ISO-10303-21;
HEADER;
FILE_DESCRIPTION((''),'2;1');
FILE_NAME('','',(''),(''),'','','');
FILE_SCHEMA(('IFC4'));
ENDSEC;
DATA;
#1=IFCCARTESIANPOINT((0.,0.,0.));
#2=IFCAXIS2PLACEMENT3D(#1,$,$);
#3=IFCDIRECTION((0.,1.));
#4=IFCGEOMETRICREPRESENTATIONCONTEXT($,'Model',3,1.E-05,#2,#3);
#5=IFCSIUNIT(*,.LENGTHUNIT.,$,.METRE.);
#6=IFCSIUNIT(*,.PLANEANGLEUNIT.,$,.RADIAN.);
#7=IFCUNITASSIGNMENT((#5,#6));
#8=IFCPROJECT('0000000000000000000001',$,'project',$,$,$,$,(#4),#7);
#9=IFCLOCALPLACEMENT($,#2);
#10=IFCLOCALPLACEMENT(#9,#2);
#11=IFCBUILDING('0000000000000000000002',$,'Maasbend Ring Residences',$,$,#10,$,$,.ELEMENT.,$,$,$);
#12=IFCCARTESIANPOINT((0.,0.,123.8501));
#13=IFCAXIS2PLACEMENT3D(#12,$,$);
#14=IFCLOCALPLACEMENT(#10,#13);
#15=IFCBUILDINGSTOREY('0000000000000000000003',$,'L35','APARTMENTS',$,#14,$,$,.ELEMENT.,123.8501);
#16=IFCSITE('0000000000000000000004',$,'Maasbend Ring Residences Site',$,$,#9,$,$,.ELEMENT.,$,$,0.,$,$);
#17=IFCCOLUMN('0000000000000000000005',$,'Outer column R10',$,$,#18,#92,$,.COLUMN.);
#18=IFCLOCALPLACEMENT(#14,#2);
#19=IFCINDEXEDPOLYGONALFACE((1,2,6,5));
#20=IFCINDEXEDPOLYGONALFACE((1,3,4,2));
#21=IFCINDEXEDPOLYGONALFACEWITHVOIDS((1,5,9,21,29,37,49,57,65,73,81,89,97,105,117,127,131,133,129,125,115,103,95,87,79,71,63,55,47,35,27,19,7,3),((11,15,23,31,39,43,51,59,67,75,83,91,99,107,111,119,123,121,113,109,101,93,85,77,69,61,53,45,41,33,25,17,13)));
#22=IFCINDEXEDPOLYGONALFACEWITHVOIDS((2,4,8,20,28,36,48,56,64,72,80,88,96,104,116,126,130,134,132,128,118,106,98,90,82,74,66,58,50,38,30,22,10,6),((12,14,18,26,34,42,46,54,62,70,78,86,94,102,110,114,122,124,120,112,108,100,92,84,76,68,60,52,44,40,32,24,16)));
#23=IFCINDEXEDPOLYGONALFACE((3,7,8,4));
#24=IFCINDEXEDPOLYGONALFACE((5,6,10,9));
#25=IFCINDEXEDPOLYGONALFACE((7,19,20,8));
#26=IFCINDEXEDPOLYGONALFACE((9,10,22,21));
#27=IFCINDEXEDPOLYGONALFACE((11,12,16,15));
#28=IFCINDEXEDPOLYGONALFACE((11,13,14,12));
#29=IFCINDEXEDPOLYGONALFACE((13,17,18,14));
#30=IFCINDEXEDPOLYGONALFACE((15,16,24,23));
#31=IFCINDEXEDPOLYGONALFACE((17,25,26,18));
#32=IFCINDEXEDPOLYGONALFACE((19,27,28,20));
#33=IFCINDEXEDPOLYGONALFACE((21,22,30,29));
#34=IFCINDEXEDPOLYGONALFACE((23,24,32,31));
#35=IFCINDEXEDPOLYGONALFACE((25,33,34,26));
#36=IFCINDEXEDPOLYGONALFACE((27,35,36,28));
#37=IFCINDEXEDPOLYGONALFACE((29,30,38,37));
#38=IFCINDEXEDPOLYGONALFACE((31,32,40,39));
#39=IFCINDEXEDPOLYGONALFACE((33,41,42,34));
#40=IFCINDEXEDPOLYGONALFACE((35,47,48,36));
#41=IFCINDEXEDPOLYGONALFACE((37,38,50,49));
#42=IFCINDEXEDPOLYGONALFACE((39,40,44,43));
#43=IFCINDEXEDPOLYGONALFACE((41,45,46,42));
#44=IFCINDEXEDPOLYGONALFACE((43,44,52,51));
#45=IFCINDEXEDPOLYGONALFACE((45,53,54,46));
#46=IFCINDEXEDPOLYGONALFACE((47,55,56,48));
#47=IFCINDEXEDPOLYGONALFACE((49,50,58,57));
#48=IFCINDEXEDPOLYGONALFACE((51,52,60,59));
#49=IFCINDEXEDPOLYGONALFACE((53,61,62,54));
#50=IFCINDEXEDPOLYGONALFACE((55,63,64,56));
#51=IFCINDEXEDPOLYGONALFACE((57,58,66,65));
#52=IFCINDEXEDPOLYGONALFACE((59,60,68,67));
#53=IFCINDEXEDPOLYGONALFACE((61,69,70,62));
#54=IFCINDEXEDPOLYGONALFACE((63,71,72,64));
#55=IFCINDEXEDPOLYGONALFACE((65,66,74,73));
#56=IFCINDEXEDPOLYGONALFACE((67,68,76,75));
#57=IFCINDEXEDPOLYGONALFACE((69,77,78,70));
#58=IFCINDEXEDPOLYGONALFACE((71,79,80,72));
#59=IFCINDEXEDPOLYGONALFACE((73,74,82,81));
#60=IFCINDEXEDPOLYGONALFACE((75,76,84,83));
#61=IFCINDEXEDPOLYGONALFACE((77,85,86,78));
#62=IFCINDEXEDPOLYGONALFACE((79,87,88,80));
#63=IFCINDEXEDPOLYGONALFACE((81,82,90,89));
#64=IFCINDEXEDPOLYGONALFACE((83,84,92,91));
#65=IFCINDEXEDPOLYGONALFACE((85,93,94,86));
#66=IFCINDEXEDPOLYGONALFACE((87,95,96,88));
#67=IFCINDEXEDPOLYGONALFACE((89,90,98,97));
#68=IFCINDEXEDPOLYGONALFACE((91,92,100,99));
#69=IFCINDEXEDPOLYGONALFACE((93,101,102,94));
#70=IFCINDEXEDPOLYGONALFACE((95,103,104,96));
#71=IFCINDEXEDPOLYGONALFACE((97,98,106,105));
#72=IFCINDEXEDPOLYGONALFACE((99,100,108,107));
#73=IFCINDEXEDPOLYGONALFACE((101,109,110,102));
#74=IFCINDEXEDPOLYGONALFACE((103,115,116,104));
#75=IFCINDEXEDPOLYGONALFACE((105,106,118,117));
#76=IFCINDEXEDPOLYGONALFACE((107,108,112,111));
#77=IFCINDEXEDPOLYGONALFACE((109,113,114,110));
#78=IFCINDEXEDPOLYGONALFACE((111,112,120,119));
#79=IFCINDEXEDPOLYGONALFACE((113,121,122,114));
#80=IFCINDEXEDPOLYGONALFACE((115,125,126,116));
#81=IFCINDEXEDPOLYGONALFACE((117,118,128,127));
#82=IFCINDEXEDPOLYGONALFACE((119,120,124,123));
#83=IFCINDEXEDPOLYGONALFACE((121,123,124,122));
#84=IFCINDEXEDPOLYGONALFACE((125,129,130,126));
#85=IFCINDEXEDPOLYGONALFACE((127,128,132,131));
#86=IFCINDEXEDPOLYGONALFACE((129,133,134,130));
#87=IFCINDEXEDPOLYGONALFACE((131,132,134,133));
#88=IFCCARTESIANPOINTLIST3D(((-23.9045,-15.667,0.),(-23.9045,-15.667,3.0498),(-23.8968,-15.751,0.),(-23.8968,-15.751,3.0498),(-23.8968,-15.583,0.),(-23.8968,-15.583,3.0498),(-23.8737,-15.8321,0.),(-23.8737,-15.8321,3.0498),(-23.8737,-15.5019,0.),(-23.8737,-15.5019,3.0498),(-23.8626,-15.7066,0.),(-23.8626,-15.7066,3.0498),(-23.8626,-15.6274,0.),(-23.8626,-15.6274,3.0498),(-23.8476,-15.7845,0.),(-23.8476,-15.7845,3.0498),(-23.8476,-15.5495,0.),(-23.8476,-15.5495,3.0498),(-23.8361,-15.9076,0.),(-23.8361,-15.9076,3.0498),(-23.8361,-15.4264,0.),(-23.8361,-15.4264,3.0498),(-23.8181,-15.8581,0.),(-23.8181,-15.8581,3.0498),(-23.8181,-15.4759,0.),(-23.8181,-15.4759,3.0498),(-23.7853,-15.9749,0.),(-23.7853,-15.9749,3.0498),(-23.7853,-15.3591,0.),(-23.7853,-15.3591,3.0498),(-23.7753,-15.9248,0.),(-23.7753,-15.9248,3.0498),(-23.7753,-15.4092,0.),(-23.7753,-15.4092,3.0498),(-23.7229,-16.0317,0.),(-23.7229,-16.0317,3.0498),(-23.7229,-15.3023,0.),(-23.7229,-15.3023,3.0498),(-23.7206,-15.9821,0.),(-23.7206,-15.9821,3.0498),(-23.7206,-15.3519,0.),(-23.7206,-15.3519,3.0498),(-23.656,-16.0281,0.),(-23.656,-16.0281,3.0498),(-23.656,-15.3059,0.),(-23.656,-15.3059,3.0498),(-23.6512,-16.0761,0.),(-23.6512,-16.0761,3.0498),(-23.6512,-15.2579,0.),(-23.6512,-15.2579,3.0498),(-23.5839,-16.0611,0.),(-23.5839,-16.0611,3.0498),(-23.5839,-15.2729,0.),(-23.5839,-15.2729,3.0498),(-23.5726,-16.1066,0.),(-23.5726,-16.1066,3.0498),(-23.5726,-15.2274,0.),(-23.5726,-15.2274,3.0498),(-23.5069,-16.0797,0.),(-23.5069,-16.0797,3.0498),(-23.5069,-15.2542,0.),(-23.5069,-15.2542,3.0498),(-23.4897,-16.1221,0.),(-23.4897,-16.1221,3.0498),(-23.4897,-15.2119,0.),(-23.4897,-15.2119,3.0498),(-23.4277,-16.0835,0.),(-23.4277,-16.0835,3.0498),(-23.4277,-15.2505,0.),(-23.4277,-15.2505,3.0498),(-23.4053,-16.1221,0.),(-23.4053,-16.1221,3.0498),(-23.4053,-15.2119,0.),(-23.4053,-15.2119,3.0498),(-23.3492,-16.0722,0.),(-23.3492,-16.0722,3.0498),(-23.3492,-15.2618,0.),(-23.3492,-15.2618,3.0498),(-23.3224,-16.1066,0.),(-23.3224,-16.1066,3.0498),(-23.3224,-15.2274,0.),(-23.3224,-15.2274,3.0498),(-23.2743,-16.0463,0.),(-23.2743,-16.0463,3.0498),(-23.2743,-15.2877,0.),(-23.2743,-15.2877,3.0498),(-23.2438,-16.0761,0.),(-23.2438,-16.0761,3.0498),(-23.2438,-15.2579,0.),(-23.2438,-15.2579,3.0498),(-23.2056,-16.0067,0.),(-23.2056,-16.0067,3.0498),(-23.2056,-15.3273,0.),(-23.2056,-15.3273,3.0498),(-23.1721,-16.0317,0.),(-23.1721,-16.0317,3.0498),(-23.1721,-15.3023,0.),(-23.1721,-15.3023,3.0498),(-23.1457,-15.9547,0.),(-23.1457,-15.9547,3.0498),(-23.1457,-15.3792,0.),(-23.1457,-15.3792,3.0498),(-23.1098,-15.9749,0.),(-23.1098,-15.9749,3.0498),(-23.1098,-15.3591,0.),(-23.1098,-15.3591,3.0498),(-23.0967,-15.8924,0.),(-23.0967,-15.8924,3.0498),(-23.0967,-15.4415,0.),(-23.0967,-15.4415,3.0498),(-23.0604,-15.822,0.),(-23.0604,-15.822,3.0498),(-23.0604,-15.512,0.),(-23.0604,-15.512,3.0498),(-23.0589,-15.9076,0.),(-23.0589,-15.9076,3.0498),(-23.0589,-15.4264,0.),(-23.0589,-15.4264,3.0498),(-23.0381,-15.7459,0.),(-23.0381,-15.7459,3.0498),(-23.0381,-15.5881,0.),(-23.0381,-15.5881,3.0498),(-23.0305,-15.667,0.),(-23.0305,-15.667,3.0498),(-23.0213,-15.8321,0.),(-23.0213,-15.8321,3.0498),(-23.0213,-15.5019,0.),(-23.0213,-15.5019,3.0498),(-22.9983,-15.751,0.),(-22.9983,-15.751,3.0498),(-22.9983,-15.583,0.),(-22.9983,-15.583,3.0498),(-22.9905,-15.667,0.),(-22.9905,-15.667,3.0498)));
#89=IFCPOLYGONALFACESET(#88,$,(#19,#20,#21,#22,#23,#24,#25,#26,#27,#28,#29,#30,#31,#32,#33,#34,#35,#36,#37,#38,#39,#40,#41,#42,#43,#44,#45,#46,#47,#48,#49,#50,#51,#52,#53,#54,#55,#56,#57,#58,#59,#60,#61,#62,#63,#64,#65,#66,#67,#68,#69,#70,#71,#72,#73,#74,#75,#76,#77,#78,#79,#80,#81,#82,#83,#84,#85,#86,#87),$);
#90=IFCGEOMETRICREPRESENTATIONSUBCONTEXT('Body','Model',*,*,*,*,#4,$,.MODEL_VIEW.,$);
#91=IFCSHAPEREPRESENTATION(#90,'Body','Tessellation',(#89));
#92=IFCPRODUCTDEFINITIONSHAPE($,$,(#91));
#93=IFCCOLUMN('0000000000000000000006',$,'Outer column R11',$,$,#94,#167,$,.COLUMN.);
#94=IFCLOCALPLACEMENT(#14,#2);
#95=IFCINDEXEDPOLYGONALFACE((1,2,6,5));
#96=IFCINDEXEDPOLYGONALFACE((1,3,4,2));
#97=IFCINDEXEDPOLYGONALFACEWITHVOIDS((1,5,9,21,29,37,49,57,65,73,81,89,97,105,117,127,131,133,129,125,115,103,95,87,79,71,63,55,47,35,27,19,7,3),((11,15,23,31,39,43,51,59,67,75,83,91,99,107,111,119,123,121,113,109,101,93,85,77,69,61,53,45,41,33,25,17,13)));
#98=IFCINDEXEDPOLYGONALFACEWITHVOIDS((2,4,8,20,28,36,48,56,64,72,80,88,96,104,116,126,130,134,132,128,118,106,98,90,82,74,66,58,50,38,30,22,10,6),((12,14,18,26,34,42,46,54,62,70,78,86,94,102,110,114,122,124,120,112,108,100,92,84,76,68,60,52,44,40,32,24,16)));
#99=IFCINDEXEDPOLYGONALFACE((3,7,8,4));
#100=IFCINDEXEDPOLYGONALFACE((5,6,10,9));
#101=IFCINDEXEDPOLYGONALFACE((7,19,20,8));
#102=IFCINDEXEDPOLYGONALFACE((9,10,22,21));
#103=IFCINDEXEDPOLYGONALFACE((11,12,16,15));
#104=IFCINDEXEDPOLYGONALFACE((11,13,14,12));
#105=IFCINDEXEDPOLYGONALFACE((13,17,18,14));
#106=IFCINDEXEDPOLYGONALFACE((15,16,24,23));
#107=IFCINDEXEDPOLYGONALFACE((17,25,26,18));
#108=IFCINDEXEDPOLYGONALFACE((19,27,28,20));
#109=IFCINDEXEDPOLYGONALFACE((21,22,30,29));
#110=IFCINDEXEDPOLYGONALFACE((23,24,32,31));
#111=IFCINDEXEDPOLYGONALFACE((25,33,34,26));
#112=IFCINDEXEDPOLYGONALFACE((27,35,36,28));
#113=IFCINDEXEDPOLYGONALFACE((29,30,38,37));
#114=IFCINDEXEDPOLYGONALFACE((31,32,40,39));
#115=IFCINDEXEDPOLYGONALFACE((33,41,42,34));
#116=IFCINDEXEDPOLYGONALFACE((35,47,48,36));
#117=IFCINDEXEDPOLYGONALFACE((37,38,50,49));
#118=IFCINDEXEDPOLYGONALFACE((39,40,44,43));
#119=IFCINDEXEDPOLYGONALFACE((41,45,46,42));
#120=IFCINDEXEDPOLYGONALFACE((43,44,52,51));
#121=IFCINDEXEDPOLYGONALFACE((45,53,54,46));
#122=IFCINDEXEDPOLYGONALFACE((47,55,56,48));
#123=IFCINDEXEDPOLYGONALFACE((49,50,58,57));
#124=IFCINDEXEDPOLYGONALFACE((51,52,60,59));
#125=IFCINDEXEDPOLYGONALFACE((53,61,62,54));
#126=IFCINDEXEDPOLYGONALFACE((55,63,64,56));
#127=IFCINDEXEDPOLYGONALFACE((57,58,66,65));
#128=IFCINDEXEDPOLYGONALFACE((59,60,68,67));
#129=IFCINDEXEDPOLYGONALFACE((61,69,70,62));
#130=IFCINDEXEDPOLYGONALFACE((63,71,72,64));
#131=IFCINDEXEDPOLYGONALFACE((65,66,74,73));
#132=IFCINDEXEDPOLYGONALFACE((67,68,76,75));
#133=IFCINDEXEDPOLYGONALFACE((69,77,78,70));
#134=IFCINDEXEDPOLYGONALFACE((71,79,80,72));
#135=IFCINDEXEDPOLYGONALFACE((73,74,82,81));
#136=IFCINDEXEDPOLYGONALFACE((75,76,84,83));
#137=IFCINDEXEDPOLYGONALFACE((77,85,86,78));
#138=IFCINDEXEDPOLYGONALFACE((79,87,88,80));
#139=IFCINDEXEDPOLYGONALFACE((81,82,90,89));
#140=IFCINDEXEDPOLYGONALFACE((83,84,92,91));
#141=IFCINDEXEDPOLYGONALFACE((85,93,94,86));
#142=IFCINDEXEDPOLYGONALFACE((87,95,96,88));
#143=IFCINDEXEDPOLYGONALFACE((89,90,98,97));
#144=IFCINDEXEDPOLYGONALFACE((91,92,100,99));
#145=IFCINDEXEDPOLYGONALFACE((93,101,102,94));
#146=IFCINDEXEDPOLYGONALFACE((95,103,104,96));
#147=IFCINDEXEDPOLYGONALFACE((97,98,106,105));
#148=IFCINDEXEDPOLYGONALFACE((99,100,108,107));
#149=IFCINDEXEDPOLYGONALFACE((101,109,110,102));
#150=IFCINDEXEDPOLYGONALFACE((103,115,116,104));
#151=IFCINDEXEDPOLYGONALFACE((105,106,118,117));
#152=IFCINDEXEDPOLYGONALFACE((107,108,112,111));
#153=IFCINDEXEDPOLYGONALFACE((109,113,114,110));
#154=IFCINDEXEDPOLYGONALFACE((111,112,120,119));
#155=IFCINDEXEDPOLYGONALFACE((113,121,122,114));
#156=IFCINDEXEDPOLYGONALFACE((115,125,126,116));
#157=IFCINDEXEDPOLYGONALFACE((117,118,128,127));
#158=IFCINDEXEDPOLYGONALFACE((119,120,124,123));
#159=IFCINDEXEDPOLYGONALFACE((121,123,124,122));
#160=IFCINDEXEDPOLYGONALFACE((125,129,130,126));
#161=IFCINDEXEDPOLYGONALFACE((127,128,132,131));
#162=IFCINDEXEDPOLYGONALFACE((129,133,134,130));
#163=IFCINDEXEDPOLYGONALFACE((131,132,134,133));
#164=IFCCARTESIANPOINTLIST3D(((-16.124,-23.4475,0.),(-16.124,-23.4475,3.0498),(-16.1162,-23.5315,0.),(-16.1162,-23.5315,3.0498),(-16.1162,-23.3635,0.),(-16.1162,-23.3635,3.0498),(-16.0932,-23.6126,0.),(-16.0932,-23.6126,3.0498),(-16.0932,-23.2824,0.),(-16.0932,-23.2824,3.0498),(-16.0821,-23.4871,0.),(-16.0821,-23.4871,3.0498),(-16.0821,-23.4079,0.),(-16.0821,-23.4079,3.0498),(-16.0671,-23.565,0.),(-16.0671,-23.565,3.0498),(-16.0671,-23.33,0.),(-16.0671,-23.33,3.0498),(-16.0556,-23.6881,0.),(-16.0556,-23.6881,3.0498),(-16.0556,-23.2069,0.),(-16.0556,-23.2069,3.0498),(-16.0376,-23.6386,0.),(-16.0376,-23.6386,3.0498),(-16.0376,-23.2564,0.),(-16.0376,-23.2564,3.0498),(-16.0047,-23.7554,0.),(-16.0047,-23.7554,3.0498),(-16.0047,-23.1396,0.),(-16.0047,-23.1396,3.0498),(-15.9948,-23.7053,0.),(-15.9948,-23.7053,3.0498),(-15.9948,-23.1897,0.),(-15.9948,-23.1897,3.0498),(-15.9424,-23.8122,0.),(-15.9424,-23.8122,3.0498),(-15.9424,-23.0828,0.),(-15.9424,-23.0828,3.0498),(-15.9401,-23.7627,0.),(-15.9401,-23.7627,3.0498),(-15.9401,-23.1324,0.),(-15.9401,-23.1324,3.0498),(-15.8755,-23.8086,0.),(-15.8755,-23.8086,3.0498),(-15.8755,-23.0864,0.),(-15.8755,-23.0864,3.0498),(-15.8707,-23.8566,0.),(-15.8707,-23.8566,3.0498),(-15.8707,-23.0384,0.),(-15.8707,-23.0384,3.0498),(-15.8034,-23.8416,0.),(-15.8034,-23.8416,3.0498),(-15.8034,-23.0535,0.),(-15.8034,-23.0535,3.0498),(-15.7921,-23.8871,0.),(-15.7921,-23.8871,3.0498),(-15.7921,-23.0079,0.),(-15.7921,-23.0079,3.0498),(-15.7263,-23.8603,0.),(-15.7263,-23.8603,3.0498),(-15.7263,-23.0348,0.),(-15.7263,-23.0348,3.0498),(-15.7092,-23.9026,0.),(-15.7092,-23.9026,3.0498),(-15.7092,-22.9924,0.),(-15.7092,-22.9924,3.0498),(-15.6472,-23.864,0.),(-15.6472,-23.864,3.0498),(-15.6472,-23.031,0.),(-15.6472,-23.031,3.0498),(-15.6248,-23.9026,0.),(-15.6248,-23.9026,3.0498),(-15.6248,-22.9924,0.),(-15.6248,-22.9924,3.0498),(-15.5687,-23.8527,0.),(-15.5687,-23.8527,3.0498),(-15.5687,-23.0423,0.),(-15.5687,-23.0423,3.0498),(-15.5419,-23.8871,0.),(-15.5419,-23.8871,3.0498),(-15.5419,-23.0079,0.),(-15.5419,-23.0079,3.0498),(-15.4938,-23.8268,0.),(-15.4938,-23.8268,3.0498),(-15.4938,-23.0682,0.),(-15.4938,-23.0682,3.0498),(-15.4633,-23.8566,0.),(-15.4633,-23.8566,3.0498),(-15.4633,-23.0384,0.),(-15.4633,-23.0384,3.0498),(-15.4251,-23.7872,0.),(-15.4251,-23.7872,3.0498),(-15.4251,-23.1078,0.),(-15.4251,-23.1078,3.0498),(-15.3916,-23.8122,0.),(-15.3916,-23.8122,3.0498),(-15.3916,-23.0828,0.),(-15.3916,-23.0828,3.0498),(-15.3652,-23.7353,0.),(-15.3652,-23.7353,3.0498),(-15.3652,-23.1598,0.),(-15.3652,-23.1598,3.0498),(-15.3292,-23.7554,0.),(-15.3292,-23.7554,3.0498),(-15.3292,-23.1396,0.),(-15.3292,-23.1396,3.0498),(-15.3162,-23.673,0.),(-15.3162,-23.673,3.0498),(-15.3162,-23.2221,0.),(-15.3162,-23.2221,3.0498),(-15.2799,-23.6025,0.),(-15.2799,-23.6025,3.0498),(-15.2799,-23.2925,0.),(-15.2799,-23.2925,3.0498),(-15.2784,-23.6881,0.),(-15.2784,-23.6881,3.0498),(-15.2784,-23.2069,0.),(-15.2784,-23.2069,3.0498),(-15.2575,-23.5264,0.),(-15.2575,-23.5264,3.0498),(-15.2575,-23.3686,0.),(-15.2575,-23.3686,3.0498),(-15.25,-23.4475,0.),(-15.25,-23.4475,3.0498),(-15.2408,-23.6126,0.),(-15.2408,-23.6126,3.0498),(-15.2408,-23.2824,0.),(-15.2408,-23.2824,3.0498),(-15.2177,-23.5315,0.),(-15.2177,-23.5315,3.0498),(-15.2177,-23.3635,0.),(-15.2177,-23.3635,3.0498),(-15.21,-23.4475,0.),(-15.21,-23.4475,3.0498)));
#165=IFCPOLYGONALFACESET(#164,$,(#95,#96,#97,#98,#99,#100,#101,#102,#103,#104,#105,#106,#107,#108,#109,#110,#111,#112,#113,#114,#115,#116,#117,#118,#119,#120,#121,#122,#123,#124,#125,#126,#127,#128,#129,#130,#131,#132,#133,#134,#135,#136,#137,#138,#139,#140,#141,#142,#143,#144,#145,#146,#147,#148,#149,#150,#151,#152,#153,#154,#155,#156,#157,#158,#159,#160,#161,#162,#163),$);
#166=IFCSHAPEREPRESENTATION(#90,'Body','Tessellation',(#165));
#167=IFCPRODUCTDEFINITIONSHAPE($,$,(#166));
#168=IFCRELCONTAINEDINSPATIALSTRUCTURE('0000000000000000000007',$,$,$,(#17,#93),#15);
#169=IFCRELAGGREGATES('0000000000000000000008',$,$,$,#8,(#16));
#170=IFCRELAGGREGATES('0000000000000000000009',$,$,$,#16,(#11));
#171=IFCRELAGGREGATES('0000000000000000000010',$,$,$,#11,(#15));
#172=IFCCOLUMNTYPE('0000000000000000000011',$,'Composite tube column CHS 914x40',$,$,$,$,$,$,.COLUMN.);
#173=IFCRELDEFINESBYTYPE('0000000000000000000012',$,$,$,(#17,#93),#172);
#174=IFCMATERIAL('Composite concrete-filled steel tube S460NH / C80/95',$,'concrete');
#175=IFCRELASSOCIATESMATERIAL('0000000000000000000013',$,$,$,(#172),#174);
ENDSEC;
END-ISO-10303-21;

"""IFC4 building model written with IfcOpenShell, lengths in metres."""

from ifc_helpers import new_model, si_unit, direction, frame, origin, origin_2d, place, context, subcontext, project, spatial, hollow_circle, extrude, material, material_profile, profile_set, type_object, element, save


model = new_model("IFC4")

# Units and contexts
model_context = context("Model", 3, precision=1e-05, world=origin(), true_north=direction((0.0, 1.0)))
body_context = subcontext(model_context, "Body", "Model", "MODEL_VIEW")
ifc_project = project(units=[si_unit("LENGTHUNIT", "METRE"), si_unit("PLANEANGLEUNIT", "RADIAN")], contexts=[model_context])

# Site, building, storey
site_placement = place(None, origin())
site = spatial("IfcSite", under=ifc_project, at=site_placement, Name="Maasbend Ring Residences Site", CompositionType="ELEMENT", RefElevation=0.0)
building_placement = place(site_placement, origin())
building = spatial("IfcBuilding", under=site, at=building_placement, Name="Maasbend Ring Residences", CompositionType="ELEMENT")
storey_placement = place(building_placement, frame((0.0, 0.0, 123.8501)))
storey = spatial("IfcBuildingStorey", under=building, at=storey_placement, Name="L35", Description="APARTMENTS", CompositionType="ELEMENT", Elevation=123.8501)

# Columns
ifc_material_1 = material(Name="Composite concrete-filled steel tube S460NH / C80/95", Category="concrete")
ifc_material_profile_1 = material_profile(ifc_material_1, hollow_circle(Radius=0.457, WallThickness=0.04, at=origin_2d()), Name="Composite tube column CHS 914x40")
ifc_profile_set_1 = profile_set([ifc_material_profile_1], Name="Composite concrete-filled steel tube S460NH / C80/95")
column_type = type_object("IfcColumnType", Name="Composite tube column CHS 914x40", PredefinedType="COLUMN", material=ifc_profile_set_1)
for number, where, z_axis, x_axis, name in (
    (1, (-23.4475, -15.667, 0.0), (0.0, 0.0, 1.0), (1.0, 0.0, 0.0), "Outer column R10"),
    (2, (-15.667, -23.4475, 0.0), (0.0, 0.0, 1.0), (1.0, 0.0, 0.0), "Outer column R11"),
):
    element("IfcColumn", number, at=place(storey_placement, frame(where, z_axis=z_axis, x_axis=x_axis)), inside=storey, type_object=column_type, Name=name, PredefinedType="COLUMN", context=body_context, shape_type="SweptSolid", body=[
        extrude(hollow_circle(Radius=0.457, WallThickness=0.04, at=origin_2d()), origin(), (0.0, 0.0, 1.0), 3.0498),
    ])

save(model, "model.ifc")
